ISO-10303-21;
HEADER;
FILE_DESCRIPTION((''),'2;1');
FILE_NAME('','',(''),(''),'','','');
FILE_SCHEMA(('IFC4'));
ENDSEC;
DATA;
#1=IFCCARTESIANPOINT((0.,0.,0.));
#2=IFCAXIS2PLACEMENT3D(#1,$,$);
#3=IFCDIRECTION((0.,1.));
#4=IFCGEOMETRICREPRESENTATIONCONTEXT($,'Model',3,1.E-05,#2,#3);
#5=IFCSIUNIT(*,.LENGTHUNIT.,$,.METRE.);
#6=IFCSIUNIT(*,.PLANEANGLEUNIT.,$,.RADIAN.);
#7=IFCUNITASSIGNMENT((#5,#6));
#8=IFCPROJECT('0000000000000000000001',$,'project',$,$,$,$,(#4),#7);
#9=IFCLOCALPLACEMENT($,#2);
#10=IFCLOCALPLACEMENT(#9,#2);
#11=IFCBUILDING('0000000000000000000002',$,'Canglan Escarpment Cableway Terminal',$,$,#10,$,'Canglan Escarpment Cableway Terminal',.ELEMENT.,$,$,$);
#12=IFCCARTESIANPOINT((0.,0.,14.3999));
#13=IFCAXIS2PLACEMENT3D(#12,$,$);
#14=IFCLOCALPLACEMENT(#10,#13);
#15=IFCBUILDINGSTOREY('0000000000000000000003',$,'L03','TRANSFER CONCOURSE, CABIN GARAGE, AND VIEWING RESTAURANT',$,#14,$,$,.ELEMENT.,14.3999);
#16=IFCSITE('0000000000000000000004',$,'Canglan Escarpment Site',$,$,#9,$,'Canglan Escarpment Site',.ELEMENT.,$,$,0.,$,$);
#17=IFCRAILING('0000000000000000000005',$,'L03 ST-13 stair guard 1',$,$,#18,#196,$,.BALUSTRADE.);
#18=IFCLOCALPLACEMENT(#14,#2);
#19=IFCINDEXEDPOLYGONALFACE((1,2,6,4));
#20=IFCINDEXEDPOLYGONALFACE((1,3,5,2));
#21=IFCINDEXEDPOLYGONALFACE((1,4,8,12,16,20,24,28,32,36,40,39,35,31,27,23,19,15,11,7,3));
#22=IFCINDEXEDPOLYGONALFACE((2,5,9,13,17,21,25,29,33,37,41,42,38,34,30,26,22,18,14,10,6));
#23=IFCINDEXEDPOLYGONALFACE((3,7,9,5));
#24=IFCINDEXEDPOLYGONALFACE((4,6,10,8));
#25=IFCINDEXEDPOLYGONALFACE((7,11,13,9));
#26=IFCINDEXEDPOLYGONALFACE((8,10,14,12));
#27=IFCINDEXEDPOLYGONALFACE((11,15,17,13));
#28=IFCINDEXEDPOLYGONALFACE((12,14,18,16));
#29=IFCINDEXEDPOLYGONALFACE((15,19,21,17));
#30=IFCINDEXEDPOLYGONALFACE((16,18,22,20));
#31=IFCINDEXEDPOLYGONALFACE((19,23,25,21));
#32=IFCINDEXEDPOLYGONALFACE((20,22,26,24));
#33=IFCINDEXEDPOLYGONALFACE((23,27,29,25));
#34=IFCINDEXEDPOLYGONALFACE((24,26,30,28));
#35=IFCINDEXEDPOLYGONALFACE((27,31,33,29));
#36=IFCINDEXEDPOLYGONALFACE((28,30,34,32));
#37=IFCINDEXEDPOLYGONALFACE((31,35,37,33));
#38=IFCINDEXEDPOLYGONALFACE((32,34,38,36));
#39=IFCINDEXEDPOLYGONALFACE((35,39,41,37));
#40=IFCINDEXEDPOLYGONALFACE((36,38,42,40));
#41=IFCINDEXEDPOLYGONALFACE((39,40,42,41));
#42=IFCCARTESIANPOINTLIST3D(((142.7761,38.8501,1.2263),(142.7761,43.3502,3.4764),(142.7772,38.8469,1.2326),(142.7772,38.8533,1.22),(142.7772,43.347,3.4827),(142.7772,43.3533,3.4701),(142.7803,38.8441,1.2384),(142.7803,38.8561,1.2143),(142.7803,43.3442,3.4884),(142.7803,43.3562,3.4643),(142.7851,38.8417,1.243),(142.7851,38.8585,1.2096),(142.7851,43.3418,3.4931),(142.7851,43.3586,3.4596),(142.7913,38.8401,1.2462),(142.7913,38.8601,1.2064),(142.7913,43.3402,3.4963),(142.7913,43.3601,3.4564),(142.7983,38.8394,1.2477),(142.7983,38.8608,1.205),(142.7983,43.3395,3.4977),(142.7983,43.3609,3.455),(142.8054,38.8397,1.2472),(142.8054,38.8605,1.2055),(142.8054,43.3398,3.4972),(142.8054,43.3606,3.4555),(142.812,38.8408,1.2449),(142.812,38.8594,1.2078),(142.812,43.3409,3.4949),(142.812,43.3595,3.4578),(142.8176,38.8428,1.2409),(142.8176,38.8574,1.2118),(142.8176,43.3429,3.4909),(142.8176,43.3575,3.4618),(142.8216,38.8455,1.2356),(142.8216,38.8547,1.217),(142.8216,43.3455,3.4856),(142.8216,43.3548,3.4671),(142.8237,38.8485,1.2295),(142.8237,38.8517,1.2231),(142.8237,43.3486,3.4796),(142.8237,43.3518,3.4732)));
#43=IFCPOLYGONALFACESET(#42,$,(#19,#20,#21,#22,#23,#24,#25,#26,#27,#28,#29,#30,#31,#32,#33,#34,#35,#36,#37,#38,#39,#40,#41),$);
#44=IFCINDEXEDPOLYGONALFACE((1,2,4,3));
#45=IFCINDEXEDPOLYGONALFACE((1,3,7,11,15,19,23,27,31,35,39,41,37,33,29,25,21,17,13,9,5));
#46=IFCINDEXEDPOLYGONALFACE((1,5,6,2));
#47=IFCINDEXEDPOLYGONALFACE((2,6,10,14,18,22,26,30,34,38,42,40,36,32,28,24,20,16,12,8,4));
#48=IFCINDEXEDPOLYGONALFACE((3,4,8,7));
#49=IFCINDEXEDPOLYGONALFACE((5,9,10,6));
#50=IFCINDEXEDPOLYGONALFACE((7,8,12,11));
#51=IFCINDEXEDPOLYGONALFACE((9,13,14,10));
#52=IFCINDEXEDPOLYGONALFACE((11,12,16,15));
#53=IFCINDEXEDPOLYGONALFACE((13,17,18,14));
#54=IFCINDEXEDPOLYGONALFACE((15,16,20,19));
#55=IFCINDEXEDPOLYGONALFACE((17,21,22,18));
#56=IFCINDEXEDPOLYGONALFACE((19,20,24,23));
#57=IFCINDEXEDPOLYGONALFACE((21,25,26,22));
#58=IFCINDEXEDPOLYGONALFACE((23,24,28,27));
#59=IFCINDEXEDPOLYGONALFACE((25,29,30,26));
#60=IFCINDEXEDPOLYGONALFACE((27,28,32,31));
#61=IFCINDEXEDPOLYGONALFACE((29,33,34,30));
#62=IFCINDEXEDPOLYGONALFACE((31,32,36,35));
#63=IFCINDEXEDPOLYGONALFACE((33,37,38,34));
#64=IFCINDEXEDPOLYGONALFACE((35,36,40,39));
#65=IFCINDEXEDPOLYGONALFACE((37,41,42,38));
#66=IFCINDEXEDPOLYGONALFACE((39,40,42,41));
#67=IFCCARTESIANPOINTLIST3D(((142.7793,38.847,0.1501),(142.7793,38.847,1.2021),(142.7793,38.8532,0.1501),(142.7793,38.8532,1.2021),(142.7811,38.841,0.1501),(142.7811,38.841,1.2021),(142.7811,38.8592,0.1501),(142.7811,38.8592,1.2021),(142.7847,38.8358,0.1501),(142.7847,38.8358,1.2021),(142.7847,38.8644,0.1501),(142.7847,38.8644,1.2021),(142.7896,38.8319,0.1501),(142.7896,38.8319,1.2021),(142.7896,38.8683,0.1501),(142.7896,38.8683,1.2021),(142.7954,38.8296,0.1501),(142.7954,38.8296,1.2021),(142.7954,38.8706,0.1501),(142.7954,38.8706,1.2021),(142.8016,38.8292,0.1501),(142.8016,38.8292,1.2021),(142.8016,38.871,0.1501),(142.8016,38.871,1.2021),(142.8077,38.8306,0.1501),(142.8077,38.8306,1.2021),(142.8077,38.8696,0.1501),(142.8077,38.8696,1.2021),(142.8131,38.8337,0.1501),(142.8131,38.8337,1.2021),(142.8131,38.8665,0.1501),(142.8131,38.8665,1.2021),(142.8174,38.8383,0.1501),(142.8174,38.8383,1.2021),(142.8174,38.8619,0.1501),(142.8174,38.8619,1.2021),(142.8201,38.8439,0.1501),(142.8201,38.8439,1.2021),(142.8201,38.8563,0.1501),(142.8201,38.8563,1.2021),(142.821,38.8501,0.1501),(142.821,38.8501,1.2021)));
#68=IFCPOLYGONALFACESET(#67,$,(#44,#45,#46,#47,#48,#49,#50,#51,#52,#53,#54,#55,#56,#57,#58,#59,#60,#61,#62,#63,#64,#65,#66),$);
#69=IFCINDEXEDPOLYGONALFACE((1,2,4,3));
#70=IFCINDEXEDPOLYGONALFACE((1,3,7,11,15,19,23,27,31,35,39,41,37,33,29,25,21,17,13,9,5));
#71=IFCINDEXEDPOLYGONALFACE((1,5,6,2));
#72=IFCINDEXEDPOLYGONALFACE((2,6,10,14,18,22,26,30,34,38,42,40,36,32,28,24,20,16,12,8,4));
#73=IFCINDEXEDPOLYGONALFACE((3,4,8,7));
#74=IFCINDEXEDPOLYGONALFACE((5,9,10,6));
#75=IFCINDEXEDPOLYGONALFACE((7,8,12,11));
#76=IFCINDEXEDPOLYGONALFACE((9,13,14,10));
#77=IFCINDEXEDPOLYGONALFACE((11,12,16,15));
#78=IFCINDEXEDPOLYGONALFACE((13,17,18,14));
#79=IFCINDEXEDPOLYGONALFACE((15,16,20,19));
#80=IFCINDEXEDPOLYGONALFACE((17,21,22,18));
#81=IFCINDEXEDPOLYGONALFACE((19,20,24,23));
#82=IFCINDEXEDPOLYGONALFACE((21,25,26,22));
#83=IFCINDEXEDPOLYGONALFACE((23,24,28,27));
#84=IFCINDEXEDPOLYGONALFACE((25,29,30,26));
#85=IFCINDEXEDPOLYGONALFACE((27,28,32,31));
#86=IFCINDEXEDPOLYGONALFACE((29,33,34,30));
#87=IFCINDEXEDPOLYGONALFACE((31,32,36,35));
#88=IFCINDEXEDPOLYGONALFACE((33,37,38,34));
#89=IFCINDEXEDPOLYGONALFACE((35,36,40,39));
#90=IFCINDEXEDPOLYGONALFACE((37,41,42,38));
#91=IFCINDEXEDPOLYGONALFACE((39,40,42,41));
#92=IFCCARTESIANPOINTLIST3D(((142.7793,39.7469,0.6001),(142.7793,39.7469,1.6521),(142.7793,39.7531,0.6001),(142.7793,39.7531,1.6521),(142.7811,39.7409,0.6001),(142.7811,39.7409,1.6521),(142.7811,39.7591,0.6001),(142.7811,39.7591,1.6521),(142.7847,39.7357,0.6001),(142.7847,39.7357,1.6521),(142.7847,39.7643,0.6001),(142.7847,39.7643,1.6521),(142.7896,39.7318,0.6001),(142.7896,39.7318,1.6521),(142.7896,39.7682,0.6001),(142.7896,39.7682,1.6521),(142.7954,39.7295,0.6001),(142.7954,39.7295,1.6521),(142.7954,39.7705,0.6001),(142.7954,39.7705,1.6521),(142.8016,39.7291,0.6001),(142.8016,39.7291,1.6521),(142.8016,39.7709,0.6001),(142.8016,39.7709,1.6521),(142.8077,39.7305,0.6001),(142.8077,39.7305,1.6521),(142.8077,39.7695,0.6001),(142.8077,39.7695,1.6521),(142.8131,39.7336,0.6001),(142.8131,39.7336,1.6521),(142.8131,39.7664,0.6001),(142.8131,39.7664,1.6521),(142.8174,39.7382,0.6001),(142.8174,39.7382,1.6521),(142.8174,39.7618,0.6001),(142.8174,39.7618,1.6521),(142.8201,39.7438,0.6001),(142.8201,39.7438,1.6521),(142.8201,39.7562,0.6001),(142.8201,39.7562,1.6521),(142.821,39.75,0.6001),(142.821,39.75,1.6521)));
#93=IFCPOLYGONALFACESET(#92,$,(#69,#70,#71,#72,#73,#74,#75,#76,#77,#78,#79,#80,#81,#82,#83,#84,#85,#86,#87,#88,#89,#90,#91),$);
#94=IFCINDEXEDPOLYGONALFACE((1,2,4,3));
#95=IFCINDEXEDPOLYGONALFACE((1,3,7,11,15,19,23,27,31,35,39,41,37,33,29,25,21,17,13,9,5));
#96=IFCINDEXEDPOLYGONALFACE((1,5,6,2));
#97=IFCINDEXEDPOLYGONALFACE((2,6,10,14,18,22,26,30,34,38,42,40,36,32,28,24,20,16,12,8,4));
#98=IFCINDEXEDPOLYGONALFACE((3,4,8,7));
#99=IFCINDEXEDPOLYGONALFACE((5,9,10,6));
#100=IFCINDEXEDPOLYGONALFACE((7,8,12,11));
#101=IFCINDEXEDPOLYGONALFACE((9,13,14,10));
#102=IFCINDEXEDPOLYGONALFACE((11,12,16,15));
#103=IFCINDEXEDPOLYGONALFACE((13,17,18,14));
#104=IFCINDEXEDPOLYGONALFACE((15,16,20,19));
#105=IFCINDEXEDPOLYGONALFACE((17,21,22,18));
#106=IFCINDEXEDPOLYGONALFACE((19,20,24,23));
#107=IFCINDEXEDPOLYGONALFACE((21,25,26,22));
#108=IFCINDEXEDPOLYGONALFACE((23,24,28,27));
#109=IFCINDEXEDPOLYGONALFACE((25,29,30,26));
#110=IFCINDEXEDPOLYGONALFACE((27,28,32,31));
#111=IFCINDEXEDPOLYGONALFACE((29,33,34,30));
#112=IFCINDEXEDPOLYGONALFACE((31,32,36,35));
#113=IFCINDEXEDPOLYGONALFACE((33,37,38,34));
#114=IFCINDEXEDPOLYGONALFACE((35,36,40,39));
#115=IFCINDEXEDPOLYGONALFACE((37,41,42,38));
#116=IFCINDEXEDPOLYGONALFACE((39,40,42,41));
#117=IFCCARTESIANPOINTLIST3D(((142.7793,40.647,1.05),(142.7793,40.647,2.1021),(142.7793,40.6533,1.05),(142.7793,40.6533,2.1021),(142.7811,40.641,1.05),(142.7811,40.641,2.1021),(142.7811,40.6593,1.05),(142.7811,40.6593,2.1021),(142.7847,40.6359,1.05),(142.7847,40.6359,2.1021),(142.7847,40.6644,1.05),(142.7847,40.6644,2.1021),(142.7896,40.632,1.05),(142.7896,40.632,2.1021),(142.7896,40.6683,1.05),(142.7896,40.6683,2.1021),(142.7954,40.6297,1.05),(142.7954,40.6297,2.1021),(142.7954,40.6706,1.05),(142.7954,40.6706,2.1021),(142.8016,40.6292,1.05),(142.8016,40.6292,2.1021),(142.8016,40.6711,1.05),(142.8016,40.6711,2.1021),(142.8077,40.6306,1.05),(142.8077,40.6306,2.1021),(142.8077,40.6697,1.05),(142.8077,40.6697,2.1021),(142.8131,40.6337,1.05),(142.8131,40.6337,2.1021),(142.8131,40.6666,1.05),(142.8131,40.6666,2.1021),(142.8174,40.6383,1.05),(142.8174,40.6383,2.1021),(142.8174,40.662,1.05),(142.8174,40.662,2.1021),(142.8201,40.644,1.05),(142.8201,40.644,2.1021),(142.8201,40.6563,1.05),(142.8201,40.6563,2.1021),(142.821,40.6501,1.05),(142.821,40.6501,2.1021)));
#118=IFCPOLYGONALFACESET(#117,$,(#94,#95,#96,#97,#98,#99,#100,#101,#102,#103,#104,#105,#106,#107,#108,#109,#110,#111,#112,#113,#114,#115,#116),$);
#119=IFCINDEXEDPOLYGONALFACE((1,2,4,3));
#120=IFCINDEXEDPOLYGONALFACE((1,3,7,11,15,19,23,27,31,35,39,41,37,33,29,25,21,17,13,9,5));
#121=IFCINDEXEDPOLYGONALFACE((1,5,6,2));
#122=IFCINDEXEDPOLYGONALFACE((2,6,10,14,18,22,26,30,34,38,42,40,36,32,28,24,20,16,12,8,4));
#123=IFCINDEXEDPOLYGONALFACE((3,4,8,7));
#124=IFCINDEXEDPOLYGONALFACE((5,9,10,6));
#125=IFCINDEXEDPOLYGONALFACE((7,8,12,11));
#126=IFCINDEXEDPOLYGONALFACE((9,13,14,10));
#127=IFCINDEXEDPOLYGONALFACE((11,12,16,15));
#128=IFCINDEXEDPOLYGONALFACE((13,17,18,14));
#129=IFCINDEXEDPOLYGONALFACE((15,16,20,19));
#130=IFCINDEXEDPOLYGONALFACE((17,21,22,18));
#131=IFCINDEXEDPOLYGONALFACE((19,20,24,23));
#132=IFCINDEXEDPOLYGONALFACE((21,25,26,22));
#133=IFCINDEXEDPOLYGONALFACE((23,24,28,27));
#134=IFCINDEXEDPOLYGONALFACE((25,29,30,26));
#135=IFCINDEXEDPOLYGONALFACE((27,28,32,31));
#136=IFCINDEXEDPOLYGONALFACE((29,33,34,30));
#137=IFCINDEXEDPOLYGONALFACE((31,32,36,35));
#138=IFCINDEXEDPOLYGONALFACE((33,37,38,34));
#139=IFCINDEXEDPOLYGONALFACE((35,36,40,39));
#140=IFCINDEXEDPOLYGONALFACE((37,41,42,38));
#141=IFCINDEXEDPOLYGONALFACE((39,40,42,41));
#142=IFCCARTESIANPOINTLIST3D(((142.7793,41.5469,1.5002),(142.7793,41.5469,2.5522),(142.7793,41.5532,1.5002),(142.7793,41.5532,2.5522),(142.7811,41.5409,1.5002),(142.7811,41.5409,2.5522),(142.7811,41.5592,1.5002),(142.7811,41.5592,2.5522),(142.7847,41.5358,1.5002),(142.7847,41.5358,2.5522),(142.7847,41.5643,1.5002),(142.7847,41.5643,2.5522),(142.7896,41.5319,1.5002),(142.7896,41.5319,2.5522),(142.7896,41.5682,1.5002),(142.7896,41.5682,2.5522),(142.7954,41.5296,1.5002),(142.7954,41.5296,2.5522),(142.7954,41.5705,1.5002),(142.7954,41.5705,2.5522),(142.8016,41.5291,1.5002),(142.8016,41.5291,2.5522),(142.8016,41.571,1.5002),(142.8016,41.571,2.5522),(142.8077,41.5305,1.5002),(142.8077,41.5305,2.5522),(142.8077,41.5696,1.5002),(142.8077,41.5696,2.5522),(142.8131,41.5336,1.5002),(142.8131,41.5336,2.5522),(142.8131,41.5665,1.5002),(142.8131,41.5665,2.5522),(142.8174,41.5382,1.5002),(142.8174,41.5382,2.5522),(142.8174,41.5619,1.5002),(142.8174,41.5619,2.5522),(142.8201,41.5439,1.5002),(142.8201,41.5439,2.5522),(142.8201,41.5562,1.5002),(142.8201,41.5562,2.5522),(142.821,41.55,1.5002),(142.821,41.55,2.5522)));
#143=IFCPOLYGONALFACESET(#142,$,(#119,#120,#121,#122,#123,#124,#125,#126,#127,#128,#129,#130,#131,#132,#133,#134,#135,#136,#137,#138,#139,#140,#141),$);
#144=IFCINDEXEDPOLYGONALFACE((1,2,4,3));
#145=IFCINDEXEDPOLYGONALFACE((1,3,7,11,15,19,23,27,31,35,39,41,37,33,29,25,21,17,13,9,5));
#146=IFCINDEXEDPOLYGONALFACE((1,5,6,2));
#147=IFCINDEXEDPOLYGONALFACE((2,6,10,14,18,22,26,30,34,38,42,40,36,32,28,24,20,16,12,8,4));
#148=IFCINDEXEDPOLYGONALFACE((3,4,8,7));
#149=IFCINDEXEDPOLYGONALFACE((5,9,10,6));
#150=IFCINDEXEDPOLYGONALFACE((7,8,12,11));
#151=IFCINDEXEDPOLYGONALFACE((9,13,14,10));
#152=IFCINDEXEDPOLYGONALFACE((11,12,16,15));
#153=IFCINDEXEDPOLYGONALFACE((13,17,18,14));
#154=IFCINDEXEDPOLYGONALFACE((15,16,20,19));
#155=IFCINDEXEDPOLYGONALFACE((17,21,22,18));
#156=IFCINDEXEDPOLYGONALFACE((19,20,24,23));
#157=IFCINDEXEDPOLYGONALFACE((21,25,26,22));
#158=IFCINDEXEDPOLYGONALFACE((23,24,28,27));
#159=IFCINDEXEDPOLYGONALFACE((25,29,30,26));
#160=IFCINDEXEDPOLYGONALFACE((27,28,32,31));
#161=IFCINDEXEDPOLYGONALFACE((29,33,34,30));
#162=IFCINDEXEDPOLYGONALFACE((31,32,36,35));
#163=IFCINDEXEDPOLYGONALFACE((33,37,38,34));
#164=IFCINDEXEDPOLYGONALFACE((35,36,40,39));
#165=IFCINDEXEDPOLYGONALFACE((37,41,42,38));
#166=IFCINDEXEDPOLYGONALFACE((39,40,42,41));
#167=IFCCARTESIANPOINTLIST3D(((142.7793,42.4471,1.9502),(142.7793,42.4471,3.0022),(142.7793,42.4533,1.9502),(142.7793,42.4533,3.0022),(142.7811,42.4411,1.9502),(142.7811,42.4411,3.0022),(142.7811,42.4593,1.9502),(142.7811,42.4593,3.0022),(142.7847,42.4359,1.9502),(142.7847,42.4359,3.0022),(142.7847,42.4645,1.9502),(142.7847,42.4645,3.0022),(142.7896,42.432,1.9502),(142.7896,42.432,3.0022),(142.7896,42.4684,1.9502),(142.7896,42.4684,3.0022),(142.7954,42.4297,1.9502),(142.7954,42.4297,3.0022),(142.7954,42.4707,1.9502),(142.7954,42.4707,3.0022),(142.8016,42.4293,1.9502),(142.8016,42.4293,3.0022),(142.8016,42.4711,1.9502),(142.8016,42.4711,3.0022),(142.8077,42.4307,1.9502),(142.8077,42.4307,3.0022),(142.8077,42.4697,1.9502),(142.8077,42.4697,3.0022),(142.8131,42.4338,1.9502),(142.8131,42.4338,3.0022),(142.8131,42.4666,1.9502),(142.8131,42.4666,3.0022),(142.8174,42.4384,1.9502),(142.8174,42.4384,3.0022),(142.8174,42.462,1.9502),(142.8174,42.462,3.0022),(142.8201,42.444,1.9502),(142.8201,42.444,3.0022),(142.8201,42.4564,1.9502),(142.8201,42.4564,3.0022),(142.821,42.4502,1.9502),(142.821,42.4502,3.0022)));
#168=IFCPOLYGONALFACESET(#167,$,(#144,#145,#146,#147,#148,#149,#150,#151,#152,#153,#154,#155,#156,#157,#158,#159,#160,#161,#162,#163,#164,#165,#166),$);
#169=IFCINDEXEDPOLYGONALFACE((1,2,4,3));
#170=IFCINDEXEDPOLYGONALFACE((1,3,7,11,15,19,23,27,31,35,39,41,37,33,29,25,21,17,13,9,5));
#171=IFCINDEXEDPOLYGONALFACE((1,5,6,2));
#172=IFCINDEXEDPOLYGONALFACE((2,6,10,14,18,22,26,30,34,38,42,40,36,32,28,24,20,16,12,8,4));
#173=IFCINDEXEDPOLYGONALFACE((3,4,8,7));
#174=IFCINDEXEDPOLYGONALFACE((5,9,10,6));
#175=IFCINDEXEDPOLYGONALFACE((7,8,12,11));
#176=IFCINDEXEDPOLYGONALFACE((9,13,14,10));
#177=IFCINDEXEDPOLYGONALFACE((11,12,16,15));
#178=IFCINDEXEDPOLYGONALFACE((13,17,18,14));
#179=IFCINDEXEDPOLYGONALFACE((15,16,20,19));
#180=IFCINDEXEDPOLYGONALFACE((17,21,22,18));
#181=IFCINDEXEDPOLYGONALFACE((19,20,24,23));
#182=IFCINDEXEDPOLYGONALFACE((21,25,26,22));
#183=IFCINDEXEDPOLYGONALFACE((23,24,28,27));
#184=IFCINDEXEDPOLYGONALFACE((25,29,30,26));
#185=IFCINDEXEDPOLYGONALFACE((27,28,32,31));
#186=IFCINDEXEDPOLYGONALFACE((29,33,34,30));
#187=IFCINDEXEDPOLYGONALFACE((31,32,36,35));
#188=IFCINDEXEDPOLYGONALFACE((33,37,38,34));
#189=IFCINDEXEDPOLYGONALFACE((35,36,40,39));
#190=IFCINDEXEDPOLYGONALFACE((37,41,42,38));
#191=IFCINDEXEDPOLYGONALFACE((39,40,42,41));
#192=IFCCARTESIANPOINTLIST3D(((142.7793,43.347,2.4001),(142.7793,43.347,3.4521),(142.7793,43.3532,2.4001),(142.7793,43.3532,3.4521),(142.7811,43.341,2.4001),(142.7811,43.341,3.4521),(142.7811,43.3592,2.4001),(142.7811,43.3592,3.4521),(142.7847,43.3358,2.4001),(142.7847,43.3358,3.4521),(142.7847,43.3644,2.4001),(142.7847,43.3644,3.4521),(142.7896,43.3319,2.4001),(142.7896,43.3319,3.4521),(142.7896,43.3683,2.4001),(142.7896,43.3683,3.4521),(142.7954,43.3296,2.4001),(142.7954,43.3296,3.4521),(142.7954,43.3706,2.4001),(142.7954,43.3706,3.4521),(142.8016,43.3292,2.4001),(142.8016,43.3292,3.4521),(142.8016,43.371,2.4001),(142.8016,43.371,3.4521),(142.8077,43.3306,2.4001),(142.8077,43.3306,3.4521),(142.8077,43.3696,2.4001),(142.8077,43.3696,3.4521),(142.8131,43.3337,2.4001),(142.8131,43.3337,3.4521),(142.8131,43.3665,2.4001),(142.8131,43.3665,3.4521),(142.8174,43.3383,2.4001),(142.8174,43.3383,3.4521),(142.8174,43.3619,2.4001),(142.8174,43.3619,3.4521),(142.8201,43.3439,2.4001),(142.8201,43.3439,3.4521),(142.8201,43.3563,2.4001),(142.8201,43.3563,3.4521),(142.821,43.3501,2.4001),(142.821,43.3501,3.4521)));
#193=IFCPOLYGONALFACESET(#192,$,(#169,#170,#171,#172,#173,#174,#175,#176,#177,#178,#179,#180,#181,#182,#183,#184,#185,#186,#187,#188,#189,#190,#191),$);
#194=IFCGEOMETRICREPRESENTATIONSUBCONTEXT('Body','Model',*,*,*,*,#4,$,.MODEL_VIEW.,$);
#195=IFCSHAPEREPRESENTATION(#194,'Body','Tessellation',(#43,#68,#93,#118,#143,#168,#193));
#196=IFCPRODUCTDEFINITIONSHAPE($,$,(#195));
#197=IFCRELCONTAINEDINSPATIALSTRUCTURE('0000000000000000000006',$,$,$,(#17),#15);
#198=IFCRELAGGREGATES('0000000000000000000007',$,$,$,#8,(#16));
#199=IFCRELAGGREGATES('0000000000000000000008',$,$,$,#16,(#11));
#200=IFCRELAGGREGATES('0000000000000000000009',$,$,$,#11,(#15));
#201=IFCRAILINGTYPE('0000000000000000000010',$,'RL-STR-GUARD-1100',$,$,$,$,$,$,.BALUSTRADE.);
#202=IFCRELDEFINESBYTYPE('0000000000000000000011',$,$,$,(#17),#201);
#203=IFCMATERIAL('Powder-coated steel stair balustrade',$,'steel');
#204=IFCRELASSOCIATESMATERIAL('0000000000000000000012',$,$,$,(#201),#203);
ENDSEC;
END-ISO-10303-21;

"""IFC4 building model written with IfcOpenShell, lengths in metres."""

from ifc_helpers import new_model, si_unit, direction, frame, origin, origin_2d, place, context, subcontext, project, spatial, circle, extrude, material, type_object, element, save


model = new_model("IFC4")

# Units and contexts
model_context = context("Model", 3, precision=1e-05, world=origin(), true_north=direction((0.0, 1.0)))
body_context = subcontext(model_context, "Body", "Model", "MODEL_VIEW")
ifc_project = project(units=[si_unit("LENGTHUNIT", "METRE"), si_unit("PLANEANGLEUNIT", "RADIAN")], contexts=[model_context])

# Site, building, storey
site_placement = place(None, origin())
site = spatial("IfcSite", under=ifc_project, at=site_placement, Name="Canglan Escarpment Site", LongName="Canglan Escarpment Site", CompositionType="ELEMENT", RefElevation=0.0)
building_placement = place(site_placement, origin())
building = spatial("IfcBuilding", under=site, at=building_placement, Name="Canglan Escarpment Cableway Terminal", LongName="Canglan Escarpment Cableway Terminal", CompositionType="ELEMENT")
storey_placement = place(building_placement, frame((0.0, 0.0, 14.3999)))
storey = spatial("IfcBuildingStorey", under=building, at=storey_placement, Name="L03", Description="TRANSFER CONCOURSE, CABIN GARAGE, AND VIEWING RESTAURANT", CompositionType="ELEMENT", Elevation=14.3999)

# Railing
ifc_material_1 = material(Name="Powder-coated steel stair balustrade", Category="steel")
railing_type_1 = type_object("IfcRailingType", Name="RL-STR-GUARD-1100", PredefinedType="BALUSTRADE", material=ifc_material_1)
railing_1_placement = place(storey_placement, frame((142.8, 38.8501, 0.1501)))
element("IfcRailing", 1, at=railing_1_placement, inside=storey, type_object=railing_type_1, Name="L03 ST-13 stair guard 1", PredefinedType="BALUSTRADE", context=body_context, shape_type="SweptSolid", body=[
    extrude(circle(Radius=0.0239, at=origin_2d()), frame((0.0, 0.0, 1.0762), z_axis=(0.0, 0.894427, 0.447214), x_axis=(-1.0, 0.0, 0.0)), (0.0, 0.0, 1.0), 5.0312),
    extrude(circle(Radius=0.021, at=origin_2d()), origin(), (0.0, 0.0, 1.0), 1.052),
    extrude(circle(Radius=0.021, at=origin_2d()), frame((0.0, 0.8999, 0.45)), (0.0, 0.0, 1.0), 1.052),
    extrude(circle(Radius=0.021, at=origin_2d()), frame((0.0, 1.8, 0.8999)), (0.0, 0.0, 1.0), 1.052),
    extrude(circle(Radius=0.021, at=origin_2d()), frame((0.0, 2.7, 1.3501)), (0.0, 0.0, 1.0), 1.052),
    extrude(circle(Radius=0.021, at=origin_2d()), frame((0.0, 3.6001, 1.8)), (0.0, 0.0, 1.0), 1.052),
    extrude(circle(Radius=0.021, at=origin_2d()), frame((0.0, 4.5, 2.25)), (0.0, 0.0, 1.0), 1.052),
])

save(model, "model.ifc")
